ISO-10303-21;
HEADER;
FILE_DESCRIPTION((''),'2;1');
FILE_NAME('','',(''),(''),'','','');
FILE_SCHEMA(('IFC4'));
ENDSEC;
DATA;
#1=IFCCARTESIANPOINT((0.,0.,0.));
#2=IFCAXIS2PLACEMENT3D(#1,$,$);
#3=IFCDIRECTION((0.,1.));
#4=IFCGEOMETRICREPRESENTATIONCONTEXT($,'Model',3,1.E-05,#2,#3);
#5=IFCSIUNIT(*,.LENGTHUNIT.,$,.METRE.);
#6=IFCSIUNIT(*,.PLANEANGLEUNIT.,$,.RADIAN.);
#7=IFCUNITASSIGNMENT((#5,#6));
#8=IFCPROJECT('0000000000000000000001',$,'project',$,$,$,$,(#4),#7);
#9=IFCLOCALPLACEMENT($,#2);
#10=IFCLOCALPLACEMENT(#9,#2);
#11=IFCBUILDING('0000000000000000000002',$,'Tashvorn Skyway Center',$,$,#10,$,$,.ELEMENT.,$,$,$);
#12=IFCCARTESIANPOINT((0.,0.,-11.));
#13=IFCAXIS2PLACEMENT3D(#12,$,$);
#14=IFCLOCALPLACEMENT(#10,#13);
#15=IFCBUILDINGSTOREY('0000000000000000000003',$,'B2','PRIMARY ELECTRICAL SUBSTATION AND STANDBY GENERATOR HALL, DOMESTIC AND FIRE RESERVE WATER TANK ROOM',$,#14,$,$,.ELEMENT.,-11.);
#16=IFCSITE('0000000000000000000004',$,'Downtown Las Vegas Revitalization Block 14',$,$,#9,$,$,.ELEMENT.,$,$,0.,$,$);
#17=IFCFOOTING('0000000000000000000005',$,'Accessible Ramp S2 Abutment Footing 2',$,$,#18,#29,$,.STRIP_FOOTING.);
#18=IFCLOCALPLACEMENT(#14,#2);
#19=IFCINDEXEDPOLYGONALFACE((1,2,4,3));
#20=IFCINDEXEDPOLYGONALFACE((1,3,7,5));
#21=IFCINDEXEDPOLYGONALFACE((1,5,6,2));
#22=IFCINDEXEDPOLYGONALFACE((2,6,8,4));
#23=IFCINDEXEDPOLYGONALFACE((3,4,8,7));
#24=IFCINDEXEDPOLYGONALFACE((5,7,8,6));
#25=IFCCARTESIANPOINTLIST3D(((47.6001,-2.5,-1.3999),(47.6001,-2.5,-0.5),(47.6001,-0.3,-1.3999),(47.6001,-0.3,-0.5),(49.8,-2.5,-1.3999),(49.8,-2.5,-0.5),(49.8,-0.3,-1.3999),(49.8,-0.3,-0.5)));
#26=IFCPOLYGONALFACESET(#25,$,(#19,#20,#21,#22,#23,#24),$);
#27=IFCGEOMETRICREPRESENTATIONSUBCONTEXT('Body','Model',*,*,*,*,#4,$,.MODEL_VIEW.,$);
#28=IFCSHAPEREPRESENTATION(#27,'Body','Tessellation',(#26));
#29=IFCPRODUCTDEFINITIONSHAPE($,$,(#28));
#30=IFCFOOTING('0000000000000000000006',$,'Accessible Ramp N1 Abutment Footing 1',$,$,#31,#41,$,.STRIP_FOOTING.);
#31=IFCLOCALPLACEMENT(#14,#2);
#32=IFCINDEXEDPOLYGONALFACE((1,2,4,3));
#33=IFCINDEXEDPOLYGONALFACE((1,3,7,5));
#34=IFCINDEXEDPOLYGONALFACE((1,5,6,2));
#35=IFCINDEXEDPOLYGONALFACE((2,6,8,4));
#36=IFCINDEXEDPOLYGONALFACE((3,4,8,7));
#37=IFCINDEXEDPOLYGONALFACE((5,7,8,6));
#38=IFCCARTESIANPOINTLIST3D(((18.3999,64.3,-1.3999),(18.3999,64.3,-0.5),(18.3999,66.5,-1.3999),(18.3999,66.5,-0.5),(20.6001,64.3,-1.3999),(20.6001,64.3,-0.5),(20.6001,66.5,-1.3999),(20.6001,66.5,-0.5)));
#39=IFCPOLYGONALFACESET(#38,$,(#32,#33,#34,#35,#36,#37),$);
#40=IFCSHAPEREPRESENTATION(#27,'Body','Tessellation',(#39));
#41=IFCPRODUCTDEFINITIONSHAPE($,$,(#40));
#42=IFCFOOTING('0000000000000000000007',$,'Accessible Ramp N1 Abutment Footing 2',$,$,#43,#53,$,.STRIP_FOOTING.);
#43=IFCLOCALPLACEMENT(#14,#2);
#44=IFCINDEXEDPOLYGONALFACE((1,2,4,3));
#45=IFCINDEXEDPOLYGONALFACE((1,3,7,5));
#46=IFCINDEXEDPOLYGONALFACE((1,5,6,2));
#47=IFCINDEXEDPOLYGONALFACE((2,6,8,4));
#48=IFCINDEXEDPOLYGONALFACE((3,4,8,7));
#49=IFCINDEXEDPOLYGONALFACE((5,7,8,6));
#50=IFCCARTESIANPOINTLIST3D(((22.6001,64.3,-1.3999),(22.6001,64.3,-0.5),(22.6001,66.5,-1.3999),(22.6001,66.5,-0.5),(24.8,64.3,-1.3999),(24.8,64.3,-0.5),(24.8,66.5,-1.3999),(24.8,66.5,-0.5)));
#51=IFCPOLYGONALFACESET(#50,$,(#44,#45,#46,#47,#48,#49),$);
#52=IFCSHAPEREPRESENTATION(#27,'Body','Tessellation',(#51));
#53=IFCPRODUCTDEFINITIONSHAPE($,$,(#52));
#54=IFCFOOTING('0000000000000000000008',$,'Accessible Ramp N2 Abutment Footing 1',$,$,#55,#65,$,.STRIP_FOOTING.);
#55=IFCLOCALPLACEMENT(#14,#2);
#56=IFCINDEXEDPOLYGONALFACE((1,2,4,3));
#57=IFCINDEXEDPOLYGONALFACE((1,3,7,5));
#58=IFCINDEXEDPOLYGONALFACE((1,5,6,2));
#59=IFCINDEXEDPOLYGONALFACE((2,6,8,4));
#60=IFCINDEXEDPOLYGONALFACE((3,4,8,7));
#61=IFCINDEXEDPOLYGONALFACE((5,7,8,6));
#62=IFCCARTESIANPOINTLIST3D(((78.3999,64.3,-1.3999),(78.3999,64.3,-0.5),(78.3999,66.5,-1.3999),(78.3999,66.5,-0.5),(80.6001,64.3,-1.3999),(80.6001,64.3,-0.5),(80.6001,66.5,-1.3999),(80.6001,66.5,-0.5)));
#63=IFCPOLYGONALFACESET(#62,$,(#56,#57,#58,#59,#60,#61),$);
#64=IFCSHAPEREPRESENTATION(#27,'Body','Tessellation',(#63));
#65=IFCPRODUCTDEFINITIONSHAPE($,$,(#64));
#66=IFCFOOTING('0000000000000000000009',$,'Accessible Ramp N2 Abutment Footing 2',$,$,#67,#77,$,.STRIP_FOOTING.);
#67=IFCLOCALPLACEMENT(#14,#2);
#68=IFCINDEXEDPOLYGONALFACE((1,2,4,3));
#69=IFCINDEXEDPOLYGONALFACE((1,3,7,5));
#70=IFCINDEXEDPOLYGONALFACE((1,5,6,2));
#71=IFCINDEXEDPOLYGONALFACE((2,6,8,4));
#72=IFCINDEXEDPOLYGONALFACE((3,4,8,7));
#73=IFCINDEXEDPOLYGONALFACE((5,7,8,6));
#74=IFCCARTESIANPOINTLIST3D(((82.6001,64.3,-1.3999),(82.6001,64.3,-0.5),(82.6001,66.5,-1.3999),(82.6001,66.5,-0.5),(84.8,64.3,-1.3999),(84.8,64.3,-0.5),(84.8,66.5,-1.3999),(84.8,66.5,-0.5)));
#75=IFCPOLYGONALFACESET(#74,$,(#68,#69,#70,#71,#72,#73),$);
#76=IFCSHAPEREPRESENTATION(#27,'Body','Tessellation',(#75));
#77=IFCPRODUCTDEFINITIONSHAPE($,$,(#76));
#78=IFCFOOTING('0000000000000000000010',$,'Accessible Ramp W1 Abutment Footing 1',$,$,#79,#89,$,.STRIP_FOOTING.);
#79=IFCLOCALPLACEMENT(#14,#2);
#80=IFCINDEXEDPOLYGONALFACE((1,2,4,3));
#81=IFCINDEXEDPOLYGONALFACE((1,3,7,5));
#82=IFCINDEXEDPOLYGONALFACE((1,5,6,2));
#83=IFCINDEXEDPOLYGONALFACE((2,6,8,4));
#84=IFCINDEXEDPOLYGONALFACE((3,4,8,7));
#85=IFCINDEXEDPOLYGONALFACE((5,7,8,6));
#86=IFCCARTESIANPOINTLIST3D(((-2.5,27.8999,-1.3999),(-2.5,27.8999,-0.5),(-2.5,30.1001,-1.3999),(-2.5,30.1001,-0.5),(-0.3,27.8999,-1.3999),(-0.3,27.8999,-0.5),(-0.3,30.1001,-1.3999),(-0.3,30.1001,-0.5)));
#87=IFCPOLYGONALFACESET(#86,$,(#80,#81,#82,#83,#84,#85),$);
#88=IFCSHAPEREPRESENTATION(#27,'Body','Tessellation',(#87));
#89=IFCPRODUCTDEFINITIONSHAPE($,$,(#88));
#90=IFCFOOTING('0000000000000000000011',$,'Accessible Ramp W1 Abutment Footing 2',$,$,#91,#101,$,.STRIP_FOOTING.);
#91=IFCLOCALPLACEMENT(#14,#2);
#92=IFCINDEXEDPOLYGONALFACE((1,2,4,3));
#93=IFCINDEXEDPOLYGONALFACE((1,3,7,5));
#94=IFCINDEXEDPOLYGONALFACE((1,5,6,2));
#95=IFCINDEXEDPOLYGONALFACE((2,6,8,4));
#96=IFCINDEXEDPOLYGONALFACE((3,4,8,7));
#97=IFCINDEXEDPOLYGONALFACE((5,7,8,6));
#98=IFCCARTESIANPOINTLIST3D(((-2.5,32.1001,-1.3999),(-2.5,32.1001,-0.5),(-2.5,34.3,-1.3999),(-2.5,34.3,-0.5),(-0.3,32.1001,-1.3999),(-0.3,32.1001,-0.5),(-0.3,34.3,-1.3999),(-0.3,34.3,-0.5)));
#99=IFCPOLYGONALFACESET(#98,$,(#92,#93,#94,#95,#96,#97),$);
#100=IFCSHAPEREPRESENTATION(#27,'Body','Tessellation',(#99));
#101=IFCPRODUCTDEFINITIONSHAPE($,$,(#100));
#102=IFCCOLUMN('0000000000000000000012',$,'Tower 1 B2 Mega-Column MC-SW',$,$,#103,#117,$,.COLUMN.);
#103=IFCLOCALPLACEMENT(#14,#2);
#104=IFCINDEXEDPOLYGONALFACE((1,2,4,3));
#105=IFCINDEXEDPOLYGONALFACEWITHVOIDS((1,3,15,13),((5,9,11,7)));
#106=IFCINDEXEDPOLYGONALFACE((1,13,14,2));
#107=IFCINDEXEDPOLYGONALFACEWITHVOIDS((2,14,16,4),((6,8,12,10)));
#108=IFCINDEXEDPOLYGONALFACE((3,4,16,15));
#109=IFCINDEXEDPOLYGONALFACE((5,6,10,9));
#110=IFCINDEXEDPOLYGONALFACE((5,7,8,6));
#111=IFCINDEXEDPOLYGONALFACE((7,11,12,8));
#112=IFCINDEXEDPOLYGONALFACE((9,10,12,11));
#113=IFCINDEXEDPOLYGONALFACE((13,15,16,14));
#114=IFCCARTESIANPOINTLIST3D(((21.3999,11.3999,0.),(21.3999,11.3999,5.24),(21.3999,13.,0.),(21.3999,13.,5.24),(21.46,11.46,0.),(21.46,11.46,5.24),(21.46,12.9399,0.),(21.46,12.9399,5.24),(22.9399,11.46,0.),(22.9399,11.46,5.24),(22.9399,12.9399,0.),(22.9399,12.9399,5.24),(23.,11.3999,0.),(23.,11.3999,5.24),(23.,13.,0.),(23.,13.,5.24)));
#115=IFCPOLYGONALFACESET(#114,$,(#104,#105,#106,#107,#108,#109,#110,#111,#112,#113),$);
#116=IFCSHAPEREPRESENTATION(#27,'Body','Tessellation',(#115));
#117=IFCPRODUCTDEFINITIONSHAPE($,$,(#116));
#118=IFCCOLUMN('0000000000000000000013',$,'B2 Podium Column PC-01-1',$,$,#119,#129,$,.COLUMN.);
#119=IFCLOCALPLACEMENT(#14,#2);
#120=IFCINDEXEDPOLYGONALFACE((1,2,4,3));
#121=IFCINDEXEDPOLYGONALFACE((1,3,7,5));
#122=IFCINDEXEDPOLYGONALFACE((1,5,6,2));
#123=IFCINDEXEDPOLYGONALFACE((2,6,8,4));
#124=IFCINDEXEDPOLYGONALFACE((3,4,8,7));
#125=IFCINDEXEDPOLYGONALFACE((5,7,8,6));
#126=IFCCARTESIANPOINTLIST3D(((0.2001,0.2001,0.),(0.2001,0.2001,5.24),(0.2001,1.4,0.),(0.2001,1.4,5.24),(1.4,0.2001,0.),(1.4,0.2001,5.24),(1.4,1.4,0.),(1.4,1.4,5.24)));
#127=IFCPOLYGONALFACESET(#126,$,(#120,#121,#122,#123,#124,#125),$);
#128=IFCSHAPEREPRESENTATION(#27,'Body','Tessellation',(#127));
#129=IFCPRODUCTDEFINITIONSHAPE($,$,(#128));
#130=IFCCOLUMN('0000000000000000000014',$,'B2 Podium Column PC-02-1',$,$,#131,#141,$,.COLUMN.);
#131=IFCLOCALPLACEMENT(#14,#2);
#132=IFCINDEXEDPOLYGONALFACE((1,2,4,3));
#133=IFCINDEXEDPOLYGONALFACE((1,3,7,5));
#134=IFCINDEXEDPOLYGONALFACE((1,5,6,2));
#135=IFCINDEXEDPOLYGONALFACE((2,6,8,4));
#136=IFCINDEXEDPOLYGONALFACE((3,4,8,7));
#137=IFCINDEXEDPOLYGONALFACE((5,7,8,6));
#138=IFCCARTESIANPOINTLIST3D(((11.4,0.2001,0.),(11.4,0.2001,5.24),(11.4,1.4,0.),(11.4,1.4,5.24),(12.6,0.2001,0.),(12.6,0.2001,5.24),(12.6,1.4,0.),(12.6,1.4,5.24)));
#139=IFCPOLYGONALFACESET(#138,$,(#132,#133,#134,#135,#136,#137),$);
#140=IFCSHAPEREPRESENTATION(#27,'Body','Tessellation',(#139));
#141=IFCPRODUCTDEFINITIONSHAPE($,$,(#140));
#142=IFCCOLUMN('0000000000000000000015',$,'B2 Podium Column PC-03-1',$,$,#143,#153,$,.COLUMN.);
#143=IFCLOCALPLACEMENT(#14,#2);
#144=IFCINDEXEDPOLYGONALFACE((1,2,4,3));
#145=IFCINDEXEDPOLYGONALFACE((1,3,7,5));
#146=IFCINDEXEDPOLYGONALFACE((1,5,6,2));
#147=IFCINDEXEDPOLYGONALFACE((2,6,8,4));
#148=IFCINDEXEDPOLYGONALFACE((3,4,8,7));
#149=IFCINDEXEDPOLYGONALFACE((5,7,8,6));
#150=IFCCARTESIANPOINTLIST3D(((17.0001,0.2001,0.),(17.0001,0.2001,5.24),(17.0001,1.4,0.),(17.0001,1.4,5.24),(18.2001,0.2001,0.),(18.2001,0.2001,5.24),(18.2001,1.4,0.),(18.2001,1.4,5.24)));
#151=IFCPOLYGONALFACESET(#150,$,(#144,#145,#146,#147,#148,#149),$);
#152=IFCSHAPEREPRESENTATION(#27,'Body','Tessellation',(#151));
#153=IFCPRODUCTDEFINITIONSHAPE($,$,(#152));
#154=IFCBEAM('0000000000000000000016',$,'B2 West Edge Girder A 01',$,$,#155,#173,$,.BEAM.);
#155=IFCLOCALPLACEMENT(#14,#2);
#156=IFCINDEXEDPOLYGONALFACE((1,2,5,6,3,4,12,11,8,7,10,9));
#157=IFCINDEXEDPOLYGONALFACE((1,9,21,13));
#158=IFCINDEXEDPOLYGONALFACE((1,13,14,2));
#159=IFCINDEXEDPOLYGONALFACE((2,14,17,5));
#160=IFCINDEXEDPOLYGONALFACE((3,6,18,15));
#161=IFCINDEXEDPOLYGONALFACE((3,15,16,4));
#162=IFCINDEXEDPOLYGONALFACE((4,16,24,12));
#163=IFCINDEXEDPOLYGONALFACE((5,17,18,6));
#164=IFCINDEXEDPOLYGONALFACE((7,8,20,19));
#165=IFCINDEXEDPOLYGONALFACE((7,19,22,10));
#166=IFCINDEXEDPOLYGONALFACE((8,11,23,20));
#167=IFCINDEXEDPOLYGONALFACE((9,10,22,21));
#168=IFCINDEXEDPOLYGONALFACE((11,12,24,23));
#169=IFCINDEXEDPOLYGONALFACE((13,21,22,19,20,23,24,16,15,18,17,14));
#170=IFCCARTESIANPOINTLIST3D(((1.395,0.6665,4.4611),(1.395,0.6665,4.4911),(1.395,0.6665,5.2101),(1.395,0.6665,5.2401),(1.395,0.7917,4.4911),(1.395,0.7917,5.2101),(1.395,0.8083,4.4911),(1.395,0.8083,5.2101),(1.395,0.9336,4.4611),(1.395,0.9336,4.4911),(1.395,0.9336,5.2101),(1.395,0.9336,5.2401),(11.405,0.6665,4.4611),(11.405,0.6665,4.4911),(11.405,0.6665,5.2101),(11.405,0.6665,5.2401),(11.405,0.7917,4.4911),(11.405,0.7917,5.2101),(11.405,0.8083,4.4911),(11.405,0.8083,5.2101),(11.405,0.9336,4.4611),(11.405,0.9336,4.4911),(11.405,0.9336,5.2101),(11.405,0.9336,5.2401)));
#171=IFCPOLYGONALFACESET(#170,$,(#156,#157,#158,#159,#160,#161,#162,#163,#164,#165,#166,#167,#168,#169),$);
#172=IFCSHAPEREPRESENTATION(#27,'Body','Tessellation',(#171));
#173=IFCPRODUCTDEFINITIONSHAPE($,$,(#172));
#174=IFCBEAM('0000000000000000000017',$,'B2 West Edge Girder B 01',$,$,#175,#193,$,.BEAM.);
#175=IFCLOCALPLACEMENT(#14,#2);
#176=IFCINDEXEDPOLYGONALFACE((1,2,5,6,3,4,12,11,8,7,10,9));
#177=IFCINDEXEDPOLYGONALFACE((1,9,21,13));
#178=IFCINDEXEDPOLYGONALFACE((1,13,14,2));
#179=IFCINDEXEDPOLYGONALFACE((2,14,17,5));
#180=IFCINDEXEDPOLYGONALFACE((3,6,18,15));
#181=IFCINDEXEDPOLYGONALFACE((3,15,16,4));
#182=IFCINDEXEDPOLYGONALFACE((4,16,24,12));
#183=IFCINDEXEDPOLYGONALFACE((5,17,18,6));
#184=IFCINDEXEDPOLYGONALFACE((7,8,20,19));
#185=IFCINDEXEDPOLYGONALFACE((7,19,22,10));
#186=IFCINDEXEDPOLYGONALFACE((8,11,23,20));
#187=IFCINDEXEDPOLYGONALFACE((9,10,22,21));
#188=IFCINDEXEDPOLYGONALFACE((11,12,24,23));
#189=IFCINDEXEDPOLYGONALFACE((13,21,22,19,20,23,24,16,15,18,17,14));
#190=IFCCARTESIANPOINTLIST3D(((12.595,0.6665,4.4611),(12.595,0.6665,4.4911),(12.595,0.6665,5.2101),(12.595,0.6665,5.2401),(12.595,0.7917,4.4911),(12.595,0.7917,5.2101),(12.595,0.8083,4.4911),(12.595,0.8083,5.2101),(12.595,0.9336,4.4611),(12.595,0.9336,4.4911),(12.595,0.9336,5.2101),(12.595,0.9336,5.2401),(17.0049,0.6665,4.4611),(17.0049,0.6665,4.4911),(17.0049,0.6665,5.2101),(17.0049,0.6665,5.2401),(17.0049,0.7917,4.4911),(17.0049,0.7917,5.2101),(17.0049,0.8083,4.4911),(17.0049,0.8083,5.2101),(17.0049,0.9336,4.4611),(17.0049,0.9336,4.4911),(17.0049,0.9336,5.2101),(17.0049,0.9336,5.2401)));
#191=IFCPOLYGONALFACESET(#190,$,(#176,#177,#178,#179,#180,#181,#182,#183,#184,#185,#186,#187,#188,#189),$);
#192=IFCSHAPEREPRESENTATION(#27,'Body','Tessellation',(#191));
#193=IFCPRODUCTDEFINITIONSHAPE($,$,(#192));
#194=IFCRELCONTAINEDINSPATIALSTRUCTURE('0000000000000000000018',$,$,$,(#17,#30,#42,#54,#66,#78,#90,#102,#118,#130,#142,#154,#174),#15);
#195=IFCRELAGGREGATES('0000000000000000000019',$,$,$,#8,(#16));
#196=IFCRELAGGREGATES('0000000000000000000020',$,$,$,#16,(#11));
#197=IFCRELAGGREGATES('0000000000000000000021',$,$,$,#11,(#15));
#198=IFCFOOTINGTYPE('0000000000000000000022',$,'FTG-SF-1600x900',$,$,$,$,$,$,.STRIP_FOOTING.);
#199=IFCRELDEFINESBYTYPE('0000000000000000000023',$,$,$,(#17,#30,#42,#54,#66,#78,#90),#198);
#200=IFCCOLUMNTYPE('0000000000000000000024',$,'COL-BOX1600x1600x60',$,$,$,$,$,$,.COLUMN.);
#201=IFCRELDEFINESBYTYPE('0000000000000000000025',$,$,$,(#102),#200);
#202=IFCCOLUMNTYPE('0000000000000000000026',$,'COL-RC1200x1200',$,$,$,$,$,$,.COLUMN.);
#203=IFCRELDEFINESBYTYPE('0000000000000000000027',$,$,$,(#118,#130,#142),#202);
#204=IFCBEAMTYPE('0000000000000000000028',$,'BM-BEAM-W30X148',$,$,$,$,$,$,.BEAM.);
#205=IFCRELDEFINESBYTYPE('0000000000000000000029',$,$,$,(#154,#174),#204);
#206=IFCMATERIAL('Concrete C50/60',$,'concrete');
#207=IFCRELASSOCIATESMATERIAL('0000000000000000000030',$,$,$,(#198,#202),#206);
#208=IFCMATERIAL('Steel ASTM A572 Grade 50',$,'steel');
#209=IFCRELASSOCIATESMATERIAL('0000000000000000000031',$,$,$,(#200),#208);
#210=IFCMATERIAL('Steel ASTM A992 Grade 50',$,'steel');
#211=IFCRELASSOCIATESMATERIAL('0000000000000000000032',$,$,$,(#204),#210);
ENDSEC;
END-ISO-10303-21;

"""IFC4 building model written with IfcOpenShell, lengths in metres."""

from ifc_helpers import new_model, si_unit, direction, frame, origin, origin_2d, place, context, subcontext, project, spatial, polyline, rectangle, hollow_rectangle, i_section, outline, extrude, material, material_profile, profile_set, type_object, element, save


model = new_model("IFC4")

# Units and contexts
model_context = context("Model", 3, precision=1e-05, world=origin(), true_north=direction((0.0, 1.0)))
body_context = subcontext(model_context, "Body", "Model", "MODEL_VIEW")
ifc_project = project(units=[si_unit("LENGTHUNIT", "METRE"), si_unit("PLANEANGLEUNIT", "RADIAN")], contexts=[model_context])

# Site, building, storey
site_placement = place(None, origin())
site = spatial("IfcSite", under=ifc_project, at=site_placement, Name="Downtown Las Vegas Revitalization Block 14", CompositionType="ELEMENT", RefElevation=0.0)
building_placement = place(site_placement, origin())
building = spatial("IfcBuilding", under=site, at=building_placement, Name="Tashvorn Skyway Center", CompositionType="ELEMENT")
storey_placement = place(building_placement, frame((0.0, 0.0, -11.0)))
storey = spatial("IfcBuildingStorey", under=building, at=storey_placement, Name="B2", Description="PRIMARY ELECTRICAL SUBSTATION AND STANDBY GENERATOR HALL, DOMESTIC AND FIRE RESERVE WATER TANK ROOM", CompositionType="ELEMENT", Elevation=-11.0)

# Footings
ifc_material_1 = material(Name="Concrete C50/60", Category="concrete")
footing_type = type_object("IfcFootingType", Name="FTG-SF-1600x900", PredefinedType="STRIP_FOOTING", material=ifc_material_1)
footing_1_placement = place(storey_placement, frame((0.0, 0.0, -1.3999)))
element("IfcFooting", 1, at=footing_1_placement, inside=storey, type_object=footing_type, Name="Accessible Ramp S2 Abutment Footing 2", PredefinedType="STRIP_FOOTING", context=body_context, shape_type="SweptSolid", body=[
    extrude(outline(polyline([(47.6001, -2.5), (49.8, -2.5), (49.8, -0.3), (47.6001, -0.3), (47.6001, -2.5)])), origin(), (0.0, 0.0, 1.0), 0.8999),
])
footing_2_placement = place(storey_placement, frame((0.0, 0.0, -1.3999)))
element("IfcFooting", 2, at=footing_2_placement, inside=storey, type_object=footing_type, Name="Accessible Ramp N1 Abutment Footing 1", PredefinedType="STRIP_FOOTING", context=body_context, shape_type="SweptSolid", body=[
    extrude(outline(polyline([(18.3999, 64.3), (20.6001, 64.3), (20.6001, 66.5), (18.3999, 66.5), (18.3999, 64.3)])), origin(), (0.0, 0.0, 1.0), 0.8999),
])
footing_3_placement = place(storey_placement, frame((0.0, 0.0, -1.3999)))
element("IfcFooting", 3, at=footing_3_placement, inside=storey, type_object=footing_type, Name="Accessible Ramp N1 Abutment Footing 2", PredefinedType="STRIP_FOOTING", context=body_context, shape_type="SweptSolid", body=[
    extrude(outline(polyline([(22.6001, 64.3), (24.8, 64.3), (24.8, 66.5), (22.6001, 66.5), (22.6001, 64.3)])), origin(), (0.0, 0.0, 1.0), 0.8999),
])
footing_4_placement = place(storey_placement, frame((0.0, 0.0, -1.3999)))
element("IfcFooting", 4, at=footing_4_placement, inside=storey, type_object=footing_type, Name="Accessible Ramp N2 Abutment Footing 1", PredefinedType="STRIP_FOOTING", context=body_context, shape_type="SweptSolid", body=[
    extrude(outline(polyline([(78.3999, 64.3), (80.6001, 64.3), (80.6001, 66.5), (78.3999, 66.5), (78.3999, 64.3)])), origin(), (0.0, 0.0, 1.0), 0.8999),
])
footing_5_placement = place(storey_placement, frame((0.0, 0.0, -1.3999)))
element("IfcFooting", 5, at=footing_5_placement, inside=storey, type_object=footing_type, Name="Accessible Ramp N2 Abutment Footing 2", PredefinedType="STRIP_FOOTING", context=body_context, shape_type="SweptSolid", body=[
    extrude(outline(polyline([(82.6001, 64.3), (84.8, 64.3), (84.8, 66.5), (82.6001, 66.5), (82.6001, 64.3)])), origin(), (0.0, 0.0, 1.0), 0.8999),
])
footing_6_placement = place(storey_placement, frame((0.0, 0.0, -1.3999)))
element("IfcFooting", 6, at=footing_6_placement, inside=storey, type_object=footing_type, Name="Accessible Ramp W1 Abutment Footing 1", PredefinedType="STRIP_FOOTING", context=body_context, shape_type="SweptSolid", body=[
    extrude(outline(polyline([(-2.5, 27.8999), (-0.3, 27.8999), (-0.3, 30.1001), (-2.5, 30.1001), (-2.5, 27.8999)])), origin(), (0.0, 0.0, 1.0), 0.8999),
])
footing_7_placement = place(storey_placement, frame((0.0, 0.0, -1.3999)))
element("IfcFooting", 7, at=footing_7_placement, inside=storey, type_object=footing_type, Name="Accessible Ramp W1 Abutment Footing 2", PredefinedType="STRIP_FOOTING", context=body_context, shape_type="SweptSolid", body=[
    extrude(outline(polyline([(-2.5, 32.1001), (-0.3, 32.1001), (-0.3, 34.3), (-2.5, 34.3), (-2.5, 32.1001)])), origin(), (0.0, 0.0, 1.0), 0.8999),
])

# Columns
ifc_material_2 = material(Name="Steel ASTM A572 Grade 50", Category="steel")
ifc_material_profile_1 = material_profile(ifc_material_2, hollow_rectangle(XDim=1.6001, YDim=1.6001, WallThickness=0.0601, at=origin_2d()), Name="BOX1600x1600x60")
ifc_profile_set_1 = profile_set([ifc_material_profile_1], Name="Steel ASTM A572 Grade 50")
column_type_1 = type_object("IfcColumnType", Name="COL-BOX1600x1600x60", PredefinedType="COLUMN", material=ifc_profile_set_1)
column_placement = place(storey_placement, frame((22.2, 12.2, 0.0), z_axis=(0.0, 0.0, 1.0), x_axis=(1.0, 0.0, 0.0)))
element("IfcColumn", 8, at=column_placement, inside=storey, type_object=column_type_1, Name="Tower 1 B2 Mega-Column MC-SW", PredefinedType="COLUMN", context=body_context, shape_type="SweptSolid", body=[
    extrude(hollow_rectangle(XDim=1.6001, YDim=1.6001, WallThickness=0.0601, at=origin_2d()), origin(), (0.0, 0.0, 1.0), 5.24),
])
ifc_material_profile_2 = material_profile(ifc_material_1, rectangle(XDim=1.2, YDim=1.2, at=origin_2d()), Name="RC1200x1200")
ifc_profile_set_2 = profile_set([ifc_material_profile_2], Name="Concrete C50/60")
column_type_2 = type_object("IfcColumnType", Name="COL-RC1200x1200", PredefinedType="COLUMN", material=ifc_profile_set_2)
for number, where, z_axis, x_axis, name in (
    (9, (0.8, 0.8, 0.0), (0.0, 0.0, 1.0), (1.0, 0.0, 0.0), "B2 Podium Column PC-01-1"),
    (10, (12.0, 0.8, 0.0), (0.0, 0.0, 1.0), (1.0, 0.0, 0.0), "B2 Podium Column PC-02-1"),
    (11, (17.6001, 0.8, 0.0), (0.0, 0.0, 1.0), (1.0, 0.0, 0.0), "B2 Podium Column PC-03-1"),
):
    element("IfcColumn", number, at=place(storey_placement, frame(where, z_axis=z_axis, x_axis=x_axis)), inside=storey, type_object=column_type_2, Name=name, PredefinedType="COLUMN", context=body_context, shape_type="SweptSolid", body=[
        extrude(rectangle(XDim=1.2, YDim=1.2, at=origin_2d()), origin(), (0.0, 0.0, 1.0), 5.24),
    ])

# Beams
ifc_material_3 = material(Name="Steel ASTM A992 Grade 50", Category="steel")
ifc_material_profile_3 = material_profile(ifc_material_3, i_section(OverallWidth=0.2671, OverallDepth=0.7791, WebThickness=0.0166, FlangeThickness=0.03, at=origin_2d()), Name="W30X148")
ifc_profile_set_3 = profile_set([ifc_material_profile_3], Name="Steel ASTM A992 Grade 50")
beam_type_1 = type_object("IfcBeamType", Name="BM-BEAM-W30X148", PredefinedType="BEAM", material=ifc_profile_set_3)
beam_1_placement = place(storey_placement, frame((1.395, 0.8, 4.8506), z_axis=(1.0, 0.0, 0.0), x_axis=(0.0, 1.0, 0.0)))
element("IfcBeam", 12, at=beam_1_placement, inside=storey, type_object=beam_type_1, Name="B2 West Edge Girder A 01", PredefinedType="BEAM", context=body_context, shape_type="SweptSolid", body=[
    extrude(i_section(OverallWidth=0.2671, OverallDepth=0.7791, WebThickness=0.0166, FlangeThickness=0.03, at=origin_2d()), origin(), (0.0, 0.0, 1.0), 10.01),
])
beam_2_placement = place(storey_placement, frame((12.595, 0.8, 4.8506), z_axis=(1.0, 0.0, 0.0), x_axis=(0.0, 1.0, 0.0)))
element("IfcBeam", 13, at=beam_2_placement, inside=storey, type_object=beam_type_1, Name="B2 West Edge Girder B 01", PredefinedType="BEAM", context=body_context, shape_type="SweptSolid", body=[
    extrude(i_section(OverallWidth=0.2671, OverallDepth=0.7791, WebThickness=0.0166, FlangeThickness=0.03, at=origin_2d()), origin(), (0.0, 0.0, 1.0), 4.4099),
])

save(model, "model.ifc")
